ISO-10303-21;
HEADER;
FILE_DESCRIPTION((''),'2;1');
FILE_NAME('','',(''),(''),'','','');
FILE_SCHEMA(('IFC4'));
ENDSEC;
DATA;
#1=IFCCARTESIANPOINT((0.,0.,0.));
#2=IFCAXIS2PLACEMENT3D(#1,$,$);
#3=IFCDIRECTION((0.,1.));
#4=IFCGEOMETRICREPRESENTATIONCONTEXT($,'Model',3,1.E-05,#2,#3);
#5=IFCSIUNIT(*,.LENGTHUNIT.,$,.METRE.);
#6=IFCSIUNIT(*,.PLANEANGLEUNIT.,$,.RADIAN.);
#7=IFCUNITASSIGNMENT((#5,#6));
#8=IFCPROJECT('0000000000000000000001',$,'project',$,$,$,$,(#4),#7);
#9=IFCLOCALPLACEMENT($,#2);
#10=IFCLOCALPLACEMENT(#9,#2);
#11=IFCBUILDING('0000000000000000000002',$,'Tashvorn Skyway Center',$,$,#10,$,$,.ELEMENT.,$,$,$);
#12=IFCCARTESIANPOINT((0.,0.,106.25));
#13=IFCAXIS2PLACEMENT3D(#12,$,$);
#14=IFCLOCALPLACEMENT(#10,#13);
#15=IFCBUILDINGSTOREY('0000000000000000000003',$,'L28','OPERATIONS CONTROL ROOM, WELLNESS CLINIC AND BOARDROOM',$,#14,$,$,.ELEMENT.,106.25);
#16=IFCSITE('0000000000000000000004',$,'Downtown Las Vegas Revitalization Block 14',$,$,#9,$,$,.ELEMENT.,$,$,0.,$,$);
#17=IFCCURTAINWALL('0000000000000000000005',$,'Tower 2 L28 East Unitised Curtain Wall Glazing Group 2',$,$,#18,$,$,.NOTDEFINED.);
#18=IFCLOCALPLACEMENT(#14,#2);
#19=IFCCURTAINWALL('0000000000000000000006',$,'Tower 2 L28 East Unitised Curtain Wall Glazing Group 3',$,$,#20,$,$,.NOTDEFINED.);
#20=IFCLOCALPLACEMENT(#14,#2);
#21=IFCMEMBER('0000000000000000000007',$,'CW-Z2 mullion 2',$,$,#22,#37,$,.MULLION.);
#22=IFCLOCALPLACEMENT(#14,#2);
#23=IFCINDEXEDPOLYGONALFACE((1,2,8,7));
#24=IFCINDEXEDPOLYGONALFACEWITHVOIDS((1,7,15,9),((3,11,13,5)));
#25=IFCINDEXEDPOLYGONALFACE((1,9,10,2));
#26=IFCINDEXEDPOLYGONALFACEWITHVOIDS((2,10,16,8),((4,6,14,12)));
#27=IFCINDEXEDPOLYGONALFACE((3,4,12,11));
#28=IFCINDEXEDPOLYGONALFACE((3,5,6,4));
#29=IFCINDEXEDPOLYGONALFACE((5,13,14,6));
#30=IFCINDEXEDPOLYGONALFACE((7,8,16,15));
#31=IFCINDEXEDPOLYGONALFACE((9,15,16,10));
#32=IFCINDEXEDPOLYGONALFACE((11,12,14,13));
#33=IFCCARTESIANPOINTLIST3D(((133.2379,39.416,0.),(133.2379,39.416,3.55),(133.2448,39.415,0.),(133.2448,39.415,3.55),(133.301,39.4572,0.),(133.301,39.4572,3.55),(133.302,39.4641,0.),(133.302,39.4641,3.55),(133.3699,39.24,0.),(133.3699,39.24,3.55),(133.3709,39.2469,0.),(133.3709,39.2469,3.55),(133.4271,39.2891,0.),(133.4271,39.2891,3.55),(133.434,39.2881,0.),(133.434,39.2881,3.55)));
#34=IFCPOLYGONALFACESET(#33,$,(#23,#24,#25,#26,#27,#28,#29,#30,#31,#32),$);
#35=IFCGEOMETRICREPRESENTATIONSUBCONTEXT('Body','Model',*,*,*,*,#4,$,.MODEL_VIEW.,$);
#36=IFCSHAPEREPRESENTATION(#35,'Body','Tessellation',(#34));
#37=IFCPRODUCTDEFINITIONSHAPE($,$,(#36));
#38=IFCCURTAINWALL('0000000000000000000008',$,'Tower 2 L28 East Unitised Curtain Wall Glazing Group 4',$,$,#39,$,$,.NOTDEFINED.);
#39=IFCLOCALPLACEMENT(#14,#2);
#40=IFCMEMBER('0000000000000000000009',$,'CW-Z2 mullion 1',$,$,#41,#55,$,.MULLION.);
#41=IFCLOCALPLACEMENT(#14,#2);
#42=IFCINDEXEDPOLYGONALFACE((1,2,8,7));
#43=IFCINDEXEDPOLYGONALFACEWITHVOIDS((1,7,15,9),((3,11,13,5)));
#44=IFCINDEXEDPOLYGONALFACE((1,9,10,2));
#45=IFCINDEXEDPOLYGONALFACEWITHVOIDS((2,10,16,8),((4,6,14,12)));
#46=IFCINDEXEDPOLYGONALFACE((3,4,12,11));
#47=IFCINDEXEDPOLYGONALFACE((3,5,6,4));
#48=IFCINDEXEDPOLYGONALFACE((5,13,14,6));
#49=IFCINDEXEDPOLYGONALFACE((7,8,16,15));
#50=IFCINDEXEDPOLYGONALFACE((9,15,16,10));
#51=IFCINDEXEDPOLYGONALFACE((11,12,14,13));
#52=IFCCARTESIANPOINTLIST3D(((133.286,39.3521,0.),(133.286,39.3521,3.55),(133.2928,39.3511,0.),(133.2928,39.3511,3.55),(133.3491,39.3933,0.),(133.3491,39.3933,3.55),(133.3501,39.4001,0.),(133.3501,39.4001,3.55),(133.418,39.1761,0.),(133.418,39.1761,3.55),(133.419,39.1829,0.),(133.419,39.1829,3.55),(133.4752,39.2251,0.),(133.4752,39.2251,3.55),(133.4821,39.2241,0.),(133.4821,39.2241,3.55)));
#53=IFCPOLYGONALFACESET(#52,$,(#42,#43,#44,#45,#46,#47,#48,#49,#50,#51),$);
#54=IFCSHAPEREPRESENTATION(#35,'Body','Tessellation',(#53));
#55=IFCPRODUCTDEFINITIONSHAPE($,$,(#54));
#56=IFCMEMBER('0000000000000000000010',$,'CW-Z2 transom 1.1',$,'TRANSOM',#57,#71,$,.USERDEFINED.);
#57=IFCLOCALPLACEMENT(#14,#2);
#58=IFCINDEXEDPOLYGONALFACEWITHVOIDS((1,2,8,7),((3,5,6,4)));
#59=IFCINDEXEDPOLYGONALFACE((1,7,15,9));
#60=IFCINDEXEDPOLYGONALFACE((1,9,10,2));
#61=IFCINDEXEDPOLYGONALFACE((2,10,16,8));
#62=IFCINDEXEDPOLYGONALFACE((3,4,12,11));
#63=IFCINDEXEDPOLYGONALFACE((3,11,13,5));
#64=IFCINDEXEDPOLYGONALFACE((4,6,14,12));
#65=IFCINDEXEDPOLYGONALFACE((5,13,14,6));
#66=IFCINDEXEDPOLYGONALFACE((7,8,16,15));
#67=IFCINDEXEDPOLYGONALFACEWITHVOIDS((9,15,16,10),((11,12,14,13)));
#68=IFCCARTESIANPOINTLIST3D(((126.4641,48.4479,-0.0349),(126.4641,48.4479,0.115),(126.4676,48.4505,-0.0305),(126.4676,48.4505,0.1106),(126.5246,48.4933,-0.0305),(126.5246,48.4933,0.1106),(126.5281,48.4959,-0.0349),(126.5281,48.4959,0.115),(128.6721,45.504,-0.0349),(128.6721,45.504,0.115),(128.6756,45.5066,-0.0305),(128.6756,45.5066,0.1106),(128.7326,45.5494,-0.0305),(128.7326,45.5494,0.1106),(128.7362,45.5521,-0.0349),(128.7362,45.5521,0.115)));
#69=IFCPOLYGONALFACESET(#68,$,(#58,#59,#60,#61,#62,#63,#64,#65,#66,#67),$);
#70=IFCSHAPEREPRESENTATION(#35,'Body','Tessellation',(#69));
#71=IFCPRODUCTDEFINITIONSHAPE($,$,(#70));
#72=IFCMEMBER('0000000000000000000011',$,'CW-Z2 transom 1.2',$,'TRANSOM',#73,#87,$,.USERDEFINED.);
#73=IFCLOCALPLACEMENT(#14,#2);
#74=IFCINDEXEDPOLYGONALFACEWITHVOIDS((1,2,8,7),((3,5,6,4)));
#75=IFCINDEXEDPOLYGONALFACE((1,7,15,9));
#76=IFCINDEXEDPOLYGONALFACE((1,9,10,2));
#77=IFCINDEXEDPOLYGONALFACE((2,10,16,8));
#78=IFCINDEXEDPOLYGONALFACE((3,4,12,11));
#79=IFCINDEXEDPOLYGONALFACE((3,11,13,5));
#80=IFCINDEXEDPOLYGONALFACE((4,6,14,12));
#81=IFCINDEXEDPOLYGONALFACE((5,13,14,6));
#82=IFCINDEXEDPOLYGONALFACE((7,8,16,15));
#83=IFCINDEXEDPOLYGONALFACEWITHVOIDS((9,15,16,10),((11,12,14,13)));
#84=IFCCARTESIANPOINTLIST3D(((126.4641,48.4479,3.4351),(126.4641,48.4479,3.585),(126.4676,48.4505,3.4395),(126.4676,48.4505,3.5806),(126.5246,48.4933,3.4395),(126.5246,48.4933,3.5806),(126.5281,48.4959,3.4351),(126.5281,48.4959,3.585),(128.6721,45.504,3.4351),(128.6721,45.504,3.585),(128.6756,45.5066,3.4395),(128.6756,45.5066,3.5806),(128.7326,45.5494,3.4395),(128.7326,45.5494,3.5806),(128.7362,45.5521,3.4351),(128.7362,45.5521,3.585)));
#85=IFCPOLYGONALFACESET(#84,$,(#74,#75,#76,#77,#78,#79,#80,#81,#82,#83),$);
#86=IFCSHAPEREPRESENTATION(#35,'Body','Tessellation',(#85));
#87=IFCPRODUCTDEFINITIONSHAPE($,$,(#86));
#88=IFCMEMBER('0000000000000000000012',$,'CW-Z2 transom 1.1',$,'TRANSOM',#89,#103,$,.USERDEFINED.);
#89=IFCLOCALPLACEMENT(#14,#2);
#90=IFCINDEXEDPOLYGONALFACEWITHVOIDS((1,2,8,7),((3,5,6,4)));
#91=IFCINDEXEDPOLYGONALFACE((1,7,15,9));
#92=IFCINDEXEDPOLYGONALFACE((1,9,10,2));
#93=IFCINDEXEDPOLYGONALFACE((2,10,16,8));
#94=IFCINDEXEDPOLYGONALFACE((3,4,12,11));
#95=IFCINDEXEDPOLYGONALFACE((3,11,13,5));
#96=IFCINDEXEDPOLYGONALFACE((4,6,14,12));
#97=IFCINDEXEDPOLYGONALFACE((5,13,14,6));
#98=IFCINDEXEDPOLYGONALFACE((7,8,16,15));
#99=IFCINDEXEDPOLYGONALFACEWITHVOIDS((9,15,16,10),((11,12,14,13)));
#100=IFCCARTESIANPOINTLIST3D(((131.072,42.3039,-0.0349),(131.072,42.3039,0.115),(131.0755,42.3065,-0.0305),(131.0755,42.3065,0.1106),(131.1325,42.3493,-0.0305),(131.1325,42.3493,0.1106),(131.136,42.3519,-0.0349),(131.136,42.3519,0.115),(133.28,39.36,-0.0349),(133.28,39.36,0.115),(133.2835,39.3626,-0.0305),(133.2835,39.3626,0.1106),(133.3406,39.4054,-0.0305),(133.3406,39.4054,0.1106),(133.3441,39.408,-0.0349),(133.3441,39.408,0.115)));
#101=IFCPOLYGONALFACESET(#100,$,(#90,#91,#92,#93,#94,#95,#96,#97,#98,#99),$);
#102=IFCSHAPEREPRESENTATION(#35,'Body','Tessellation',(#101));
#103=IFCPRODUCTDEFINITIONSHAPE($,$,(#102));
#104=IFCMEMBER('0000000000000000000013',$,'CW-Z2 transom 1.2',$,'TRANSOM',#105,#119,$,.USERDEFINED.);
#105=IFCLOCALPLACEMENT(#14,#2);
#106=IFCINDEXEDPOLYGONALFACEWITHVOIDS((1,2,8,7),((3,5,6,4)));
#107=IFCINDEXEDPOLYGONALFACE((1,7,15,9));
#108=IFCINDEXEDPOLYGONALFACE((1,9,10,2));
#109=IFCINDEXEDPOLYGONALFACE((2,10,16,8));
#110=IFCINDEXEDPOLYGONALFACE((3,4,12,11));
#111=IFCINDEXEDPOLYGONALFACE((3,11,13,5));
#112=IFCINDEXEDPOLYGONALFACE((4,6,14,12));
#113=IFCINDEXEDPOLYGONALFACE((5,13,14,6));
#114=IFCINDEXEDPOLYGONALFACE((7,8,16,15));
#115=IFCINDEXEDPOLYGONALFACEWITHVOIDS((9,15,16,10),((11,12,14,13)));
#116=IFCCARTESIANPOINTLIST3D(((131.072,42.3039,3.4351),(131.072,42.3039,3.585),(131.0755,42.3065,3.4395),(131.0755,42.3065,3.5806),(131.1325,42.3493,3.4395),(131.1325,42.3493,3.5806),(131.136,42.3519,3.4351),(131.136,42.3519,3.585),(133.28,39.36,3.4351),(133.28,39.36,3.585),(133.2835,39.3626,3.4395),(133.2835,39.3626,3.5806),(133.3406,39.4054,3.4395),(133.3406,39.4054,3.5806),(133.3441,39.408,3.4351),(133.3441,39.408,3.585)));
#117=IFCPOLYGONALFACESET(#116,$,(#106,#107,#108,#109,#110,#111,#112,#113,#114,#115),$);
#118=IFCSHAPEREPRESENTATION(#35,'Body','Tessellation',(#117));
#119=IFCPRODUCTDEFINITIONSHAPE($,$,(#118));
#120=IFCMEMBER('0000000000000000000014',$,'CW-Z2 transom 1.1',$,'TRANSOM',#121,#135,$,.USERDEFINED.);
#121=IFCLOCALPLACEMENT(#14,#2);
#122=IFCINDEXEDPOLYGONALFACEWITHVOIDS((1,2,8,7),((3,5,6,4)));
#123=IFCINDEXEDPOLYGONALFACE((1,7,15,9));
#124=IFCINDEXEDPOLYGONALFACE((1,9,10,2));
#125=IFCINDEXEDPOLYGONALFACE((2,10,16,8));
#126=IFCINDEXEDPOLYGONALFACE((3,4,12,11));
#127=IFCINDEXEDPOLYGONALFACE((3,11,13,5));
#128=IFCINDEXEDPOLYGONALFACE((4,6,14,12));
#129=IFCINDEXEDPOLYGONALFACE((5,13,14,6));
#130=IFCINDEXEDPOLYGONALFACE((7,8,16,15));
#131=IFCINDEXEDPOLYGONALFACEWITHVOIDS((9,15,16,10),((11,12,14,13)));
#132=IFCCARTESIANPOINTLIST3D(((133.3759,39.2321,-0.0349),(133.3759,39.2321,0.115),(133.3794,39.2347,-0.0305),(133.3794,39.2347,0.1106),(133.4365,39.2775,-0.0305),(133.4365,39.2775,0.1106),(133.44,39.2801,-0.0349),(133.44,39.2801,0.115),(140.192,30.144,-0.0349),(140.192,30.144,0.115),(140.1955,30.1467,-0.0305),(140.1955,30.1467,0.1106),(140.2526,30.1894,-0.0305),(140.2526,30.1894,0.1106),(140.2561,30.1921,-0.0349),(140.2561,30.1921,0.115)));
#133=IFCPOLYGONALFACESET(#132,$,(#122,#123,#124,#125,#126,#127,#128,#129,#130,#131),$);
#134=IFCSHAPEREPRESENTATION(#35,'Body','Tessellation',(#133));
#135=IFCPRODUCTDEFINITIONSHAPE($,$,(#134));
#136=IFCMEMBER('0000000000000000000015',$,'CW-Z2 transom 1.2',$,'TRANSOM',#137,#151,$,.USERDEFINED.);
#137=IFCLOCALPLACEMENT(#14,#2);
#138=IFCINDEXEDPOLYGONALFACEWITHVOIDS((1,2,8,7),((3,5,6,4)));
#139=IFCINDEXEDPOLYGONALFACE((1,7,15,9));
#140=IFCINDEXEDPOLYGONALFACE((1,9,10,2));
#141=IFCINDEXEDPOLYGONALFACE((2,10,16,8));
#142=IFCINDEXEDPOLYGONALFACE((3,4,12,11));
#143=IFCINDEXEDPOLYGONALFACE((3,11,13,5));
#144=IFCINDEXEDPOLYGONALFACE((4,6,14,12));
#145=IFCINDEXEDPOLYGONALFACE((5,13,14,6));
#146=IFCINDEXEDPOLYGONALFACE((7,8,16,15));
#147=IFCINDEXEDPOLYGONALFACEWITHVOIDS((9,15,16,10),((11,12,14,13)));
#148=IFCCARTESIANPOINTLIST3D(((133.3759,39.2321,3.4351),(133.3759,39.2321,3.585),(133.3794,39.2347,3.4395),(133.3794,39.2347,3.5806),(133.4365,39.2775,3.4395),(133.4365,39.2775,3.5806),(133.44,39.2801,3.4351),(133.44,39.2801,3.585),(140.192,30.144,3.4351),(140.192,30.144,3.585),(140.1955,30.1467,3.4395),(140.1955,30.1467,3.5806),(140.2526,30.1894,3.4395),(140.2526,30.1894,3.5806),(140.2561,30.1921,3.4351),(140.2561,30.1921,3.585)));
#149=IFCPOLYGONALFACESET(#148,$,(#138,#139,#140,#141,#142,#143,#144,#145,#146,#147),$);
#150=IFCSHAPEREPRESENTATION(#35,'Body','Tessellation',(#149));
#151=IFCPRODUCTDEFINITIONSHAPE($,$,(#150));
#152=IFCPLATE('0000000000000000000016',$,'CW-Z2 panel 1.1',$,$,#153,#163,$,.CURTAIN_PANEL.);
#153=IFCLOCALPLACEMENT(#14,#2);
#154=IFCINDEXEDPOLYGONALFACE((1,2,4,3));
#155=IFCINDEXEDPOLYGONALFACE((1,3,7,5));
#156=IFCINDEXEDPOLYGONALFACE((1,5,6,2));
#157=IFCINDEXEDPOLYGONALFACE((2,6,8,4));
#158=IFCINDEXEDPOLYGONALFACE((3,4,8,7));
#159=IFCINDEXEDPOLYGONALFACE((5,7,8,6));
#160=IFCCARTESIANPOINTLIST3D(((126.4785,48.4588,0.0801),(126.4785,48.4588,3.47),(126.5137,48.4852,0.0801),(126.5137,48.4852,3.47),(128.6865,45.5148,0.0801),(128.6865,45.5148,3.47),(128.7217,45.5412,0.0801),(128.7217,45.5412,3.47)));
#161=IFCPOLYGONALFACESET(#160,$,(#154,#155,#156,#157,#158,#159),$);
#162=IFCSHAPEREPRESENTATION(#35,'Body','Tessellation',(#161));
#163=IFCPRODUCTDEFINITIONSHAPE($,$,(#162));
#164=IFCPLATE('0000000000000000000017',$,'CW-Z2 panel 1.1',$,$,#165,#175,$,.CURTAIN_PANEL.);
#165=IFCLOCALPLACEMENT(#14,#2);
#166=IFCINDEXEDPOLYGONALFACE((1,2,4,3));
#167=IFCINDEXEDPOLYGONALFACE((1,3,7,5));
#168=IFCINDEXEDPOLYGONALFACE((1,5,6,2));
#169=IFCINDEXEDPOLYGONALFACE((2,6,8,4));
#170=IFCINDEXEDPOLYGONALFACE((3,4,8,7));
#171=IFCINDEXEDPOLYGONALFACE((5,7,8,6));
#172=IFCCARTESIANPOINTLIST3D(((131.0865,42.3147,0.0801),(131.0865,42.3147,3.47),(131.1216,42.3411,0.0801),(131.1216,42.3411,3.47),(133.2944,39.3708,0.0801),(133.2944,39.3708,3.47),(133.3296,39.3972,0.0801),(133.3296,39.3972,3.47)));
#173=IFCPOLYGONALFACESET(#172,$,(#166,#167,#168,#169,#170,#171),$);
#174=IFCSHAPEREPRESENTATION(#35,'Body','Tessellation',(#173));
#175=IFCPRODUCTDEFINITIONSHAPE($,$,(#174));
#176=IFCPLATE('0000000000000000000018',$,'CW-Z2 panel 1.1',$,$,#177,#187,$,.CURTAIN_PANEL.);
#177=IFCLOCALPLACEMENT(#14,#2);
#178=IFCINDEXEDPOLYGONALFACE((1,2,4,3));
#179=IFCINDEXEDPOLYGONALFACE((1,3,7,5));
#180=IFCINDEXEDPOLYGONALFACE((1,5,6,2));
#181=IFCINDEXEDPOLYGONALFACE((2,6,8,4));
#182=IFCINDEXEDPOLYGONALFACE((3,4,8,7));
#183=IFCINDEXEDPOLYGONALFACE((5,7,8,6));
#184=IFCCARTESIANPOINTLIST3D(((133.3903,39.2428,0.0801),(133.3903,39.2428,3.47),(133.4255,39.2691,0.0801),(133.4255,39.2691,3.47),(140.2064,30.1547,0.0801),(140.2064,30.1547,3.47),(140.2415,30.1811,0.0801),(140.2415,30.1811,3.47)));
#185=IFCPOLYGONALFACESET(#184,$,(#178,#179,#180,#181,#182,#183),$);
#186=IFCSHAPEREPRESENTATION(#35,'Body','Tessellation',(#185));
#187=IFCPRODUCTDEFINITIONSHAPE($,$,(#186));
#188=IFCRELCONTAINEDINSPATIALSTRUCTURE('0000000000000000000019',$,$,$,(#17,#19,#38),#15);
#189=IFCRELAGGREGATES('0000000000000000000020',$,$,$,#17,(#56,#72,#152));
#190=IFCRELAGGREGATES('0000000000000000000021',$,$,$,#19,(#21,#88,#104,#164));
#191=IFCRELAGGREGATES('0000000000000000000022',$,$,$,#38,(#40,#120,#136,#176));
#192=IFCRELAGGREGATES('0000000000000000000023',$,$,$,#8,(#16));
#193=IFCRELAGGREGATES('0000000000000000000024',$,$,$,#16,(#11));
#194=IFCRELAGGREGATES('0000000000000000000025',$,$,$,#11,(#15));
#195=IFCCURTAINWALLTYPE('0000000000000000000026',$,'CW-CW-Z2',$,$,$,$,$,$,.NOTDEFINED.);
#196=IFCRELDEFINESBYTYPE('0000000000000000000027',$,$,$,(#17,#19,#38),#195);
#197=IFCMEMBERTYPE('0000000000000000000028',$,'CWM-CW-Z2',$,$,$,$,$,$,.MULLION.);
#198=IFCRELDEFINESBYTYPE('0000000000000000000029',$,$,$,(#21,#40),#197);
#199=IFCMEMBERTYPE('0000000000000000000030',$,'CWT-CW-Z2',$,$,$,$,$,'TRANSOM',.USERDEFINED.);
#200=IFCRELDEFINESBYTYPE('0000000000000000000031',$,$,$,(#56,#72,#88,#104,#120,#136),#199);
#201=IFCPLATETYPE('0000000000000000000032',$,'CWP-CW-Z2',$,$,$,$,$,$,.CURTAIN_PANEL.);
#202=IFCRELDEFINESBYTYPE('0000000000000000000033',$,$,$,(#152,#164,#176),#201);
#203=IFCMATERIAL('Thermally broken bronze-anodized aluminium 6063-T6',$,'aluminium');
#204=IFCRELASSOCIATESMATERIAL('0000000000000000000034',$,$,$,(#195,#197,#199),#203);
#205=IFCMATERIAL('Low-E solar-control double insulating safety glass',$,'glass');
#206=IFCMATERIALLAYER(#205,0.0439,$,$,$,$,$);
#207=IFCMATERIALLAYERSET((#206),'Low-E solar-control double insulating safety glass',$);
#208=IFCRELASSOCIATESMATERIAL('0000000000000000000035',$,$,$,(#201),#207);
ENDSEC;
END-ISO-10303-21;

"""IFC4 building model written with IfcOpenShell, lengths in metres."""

from ifc_helpers import new_model, si_unit, direction, frame, origin, origin_2d, place, context, subcontext, project, spatial, rectangle, hollow_rectangle, extrude, material, layer, layer_set, material_profile, profile_set, type_object, element, aggregate, save


model = new_model("IFC4")

# Units and contexts
model_context = context("Model", 3, precision=1e-05, world=origin(), true_north=direction((0.0, 1.0)))
body_context = subcontext(model_context, "Body", "Model", "MODEL_VIEW")
ifc_project = project(units=[si_unit("LENGTHUNIT", "METRE"), si_unit("PLANEANGLEUNIT", "RADIAN")], contexts=[model_context])

# Site, building, storey
site_placement = place(None, origin())
site = spatial("IfcSite", under=ifc_project, at=site_placement, Name="Downtown Las Vegas Revitalization Block 14", CompositionType="ELEMENT", RefElevation=0.0)
building_placement = place(site_placement, origin())
building = spatial("IfcBuilding", under=site, at=building_placement, Name="Tashvorn Skyway Center", CompositionType="ELEMENT")
storey_placement = place(building_placement, frame((0.0, 0.0, 106.25)))
storey = spatial("IfcBuildingStorey", under=building, at=storey_placement, Name="L28", Description="OPERATIONS CONTROL ROOM, WELLNESS CLINIC AND BOARDROOM", CompositionType="ELEMENT", Elevation=106.25)

# Shared definitions
ifc_material_1 = material(Name="Thermally broken bronze-anodized aluminium 6063-T6", Category="aluminium")
curtain_wall_type = type_object("IfcCurtainWallType", Name="CW-CW-Z2", PredefinedType="NOTDEFINED", material=ifc_material_1)
ifc_material_profile_1 = material_profile(ifc_material_1, hollow_rectangle(XDim=0.0801, YDim=0.22, WallThickness=0.0049, at=origin_2d()), Name="ALU-MULL-80x220")
ifc_profile_set_1 = profile_set([ifc_material_profile_1], Name="Thermally broken bronze-anodized aluminium 6063-T6")
member_type_1 = type_object("IfcMemberType", Name="CWM-CW-Z2", PredefinedType="MULLION", material=ifc_profile_set_1)

# Curtain walls, member
curtain_wall_1_placement = place(storey_placement, origin())
curtain_wall_1 = element("IfcCurtainWall", 1, at=curtain_wall_1_placement, inside=storey, type_object=curtain_wall_type, Name="Tower 2 L28 East Unitised Curtain Wall Glazing Group 2", PredefinedType="NOTDEFINED")
curtain_wall_2_placement = place(storey_placement, origin())
curtain_wall_2 = element("IfcCurtainWall", 2, at=curtain_wall_2_placement, inside=storey, type_object=curtain_wall_type, Name="Tower 2 L28 East Unitised Curtain Wall Glazing Group 3", PredefinedType="NOTDEFINED")
member_1_placement = place(storey_placement, frame((133.3359, 39.3521, 0.0), z_axis=(0.0, 0.0, 1.0), x_axis=(0.8, 0.6, 0.0)))
member_1 = element("IfcMember", 3, at=member_1_placement, type_object=member_type_1, Name="CW-Z2 mullion 2", PredefinedType="MULLION", context=body_context, shape_type="SweptSolid", body=[
    extrude(hollow_rectangle(XDim=0.0801, YDim=0.22, WallThickness=0.0049, at=origin_2d()), origin(), (0.0, 0.0, 1.0), 3.55),
])

# Curtain wall, member
curtain_wall_3_placement = place(storey_placement, origin())
curtain_wall_3 = element("IfcCurtainWall", 4, at=curtain_wall_3_placement, inside=storey, type_object=curtain_wall_type, Name="Tower 2 L28 East Unitised Curtain Wall Glazing Group 4", PredefinedType="NOTDEFINED")
member_2_placement = place(storey_placement, frame((133.384, 39.2881, 0.0), z_axis=(0.0, 0.0, 1.0), x_axis=(0.8, 0.6, 0.0)))
member_2 = element("IfcMember", 5, at=member_2_placement, type_object=member_type_1, Name="CW-Z2 mullion 1", PredefinedType="MULLION", context=body_context, shape_type="SweptSolid", body=[
    extrude(hollow_rectangle(XDim=0.0801, YDim=0.22, WallThickness=0.0049, at=origin_2d()), origin(), (0.0, 0.0, 1.0), 3.55),
])

# Members
ifc_material_profile_2 = material_profile(ifc_material_1, hollow_rectangle(XDim=0.0801, YDim=0.1499, WallThickness=0.0044, at=origin_2d()), Name="ALU-TRAN-80x150")
ifc_profile_set_2 = profile_set([ifc_material_profile_2], Name="Thermally broken bronze-anodized aluminium 6063-T6")
member_type_2 = type_object("IfcMemberType", Name="CWT-CW-Z2", ElementType="TRANSOM", PredefinedType="USERDEFINED", material=ifc_profile_set_2)
member_3_placement = place(storey_placement, frame((126.4961, 48.4719, 0.04), z_axis=(0.600021, -0.799984, 0.0), x_axis=(0.799984, 0.600021, 0.0)))
member_3 = element("IfcMember", 6, at=member_3_placement, type_object=member_type_2, Name="CW-Z2 transom 1.1", ObjectType="TRANSOM", PredefinedType="USERDEFINED", context=body_context, shape_type="SweptSolid", body=[
    extrude(hollow_rectangle(XDim=0.0801, YDim=0.1499, WallThickness=0.0044, at=origin_2d()), origin(), (0.0, 0.0, 1.0), 3.6799),
])
member_4_placement = place(storey_placement, frame((126.4961, 48.4719, 3.51), z_axis=(0.600021, -0.799984, 0.0), x_axis=(0.799984, 0.600021, 0.0)))
member_4 = element("IfcMember", 7, at=member_4_placement, type_object=member_type_2, Name="CW-Z2 transom 1.2", ObjectType="TRANSOM", PredefinedType="USERDEFINED", context=body_context, shape_type="SweptSolid", body=[
    extrude(hollow_rectangle(XDim=0.0801, YDim=0.1499, WallThickness=0.0044, at=origin_2d()), origin(), (0.0, 0.0, 1.0), 3.6799),
])
member_5_placement = place(storey_placement, frame((131.104, 42.3279, 0.04), z_axis=(0.600021, -0.799984, 0.0), x_axis=(0.799984, 0.600021, 0.0)))
member_5 = element("IfcMember", 8, at=member_5_placement, type_object=member_type_2, Name="CW-Z2 transom 1.1", ObjectType="TRANSOM", PredefinedType="USERDEFINED", context=body_context, shape_type="SweptSolid", body=[
    extrude(hollow_rectangle(XDim=0.0801, YDim=0.1499, WallThickness=0.0044, at=origin_2d()), origin(), (0.0, 0.0, 1.0), 3.6799),
])
member_6_placement = place(storey_placement, frame((131.104, 42.3279, 3.51), z_axis=(0.600021, -0.799984, 0.0), x_axis=(0.799984, 0.600021, 0.0)))
member_6 = element("IfcMember", 9, at=member_6_placement, type_object=member_type_2, Name="CW-Z2 transom 1.2", ObjectType="TRANSOM", PredefinedType="USERDEFINED", context=body_context, shape_type="SweptSolid", body=[
    extrude(hollow_rectangle(XDim=0.0801, YDim=0.1499, WallThickness=0.0044, at=origin_2d()), origin(), (0.0, 0.0, 1.0), 3.6799),
])
member_7_placement = place(storey_placement, frame((133.408, 39.2561, 0.04), z_axis=(0.600003, -0.799997, 0.0), x_axis=(0.799997, 0.600003, 0.0)))
member_7 = element("IfcMember", 10, at=member_7_placement, type_object=member_type_2, Name="CW-Z2 transom 1.1", ObjectType="TRANSOM", PredefinedType="USERDEFINED", context=body_context, shape_type="SweptSolid", body=[
    extrude(hollow_rectangle(XDim=0.0801, YDim=0.1499, WallThickness=0.0044, at=origin_2d()), origin(), (0.0, 0.0, 1.0), 11.3601),
])
member_8_placement = place(storey_placement, frame((133.408, 39.2561, 3.51), z_axis=(0.600003, -0.799997, 0.0), x_axis=(0.799997, 0.600003, 0.0)))
member_8 = element("IfcMember", 11, at=member_8_placement, type_object=member_type_2, Name="CW-Z2 transom 1.2", ObjectType="TRANSOM", PredefinedType="USERDEFINED", context=body_context, shape_type="SweptSolid", body=[
    extrude(hollow_rectangle(XDim=0.0801, YDim=0.1499, WallThickness=0.0044, at=origin_2d()), origin(), (0.0, 0.0, 1.0), 11.3601),
])

# Plates
ifc_material_2 = material(Name="Low-E solar-control double insulating safety glass", Category="glass")
ifc_layer_1 = layer(ifc_material_2, 0.0439)
ifc_layer_set_1 = layer_set([ifc_layer_1], Name="Low-E solar-control double insulating safety glass")
plate_type_1 = type_object("IfcPlateType", Name="CWP-CW-Z2", PredefinedType="CURTAIN_PANEL", material=ifc_layer_set_1)
plate_1_placement = place(storey_placement, frame((127.6001, 47.0, 0.0801), z_axis=(0.0, 0.0, 1.0), x_axis=(0.6, -0.8, 0.0)))
plate_1 = element("IfcPlate", 12, at=plate_1_placement, type_object=plate_type_1, Name="CW-Z2 panel 1.1", PredefinedType="CURTAIN_PANEL", context=body_context, shape_type="SweptSolid", body=[
    extrude(rectangle(XDim=3.6799, YDim=0.0439, at=origin_2d()), origin(), (0.0, 0.0, 1.0), 3.3899),
])
aggregate(curtain_wall_1, [member_3, member_4, plate_1])
plate_2_placement = place(storey_placement, frame((132.208, 40.856, 0.0801), z_axis=(0.0, 0.0, 1.0), x_axis=(0.6, -0.8, 0.0)))
plate_2 = element("IfcPlate", 13, at=plate_2_placement, type_object=plate_type_1, Name="CW-Z2 panel 1.1", PredefinedType="CURTAIN_PANEL", context=body_context, shape_type="SweptSolid", body=[
    extrude(rectangle(XDim=3.6799, YDim=0.0439, at=origin_2d()), origin(), (0.0, 0.0, 1.0), 3.3899),
])
aggregate(curtain_wall_2, [member_1, member_5, member_6, plate_2])
plate_3_placement = place(storey_placement, frame((136.8159, 34.7119, 0.0801), z_axis=(0.0, 0.0, 1.0), x_axis=(0.6, -0.8, 0.0)))
plate_3 = element("IfcPlate", 14, at=plate_3_placement, type_object=plate_type_1, Name="CW-Z2 panel 1.1", PredefinedType="CURTAIN_PANEL", context=body_context, shape_type="SweptSolid", body=[
    extrude(rectangle(XDim=11.3601, YDim=0.0439, at=origin_2d()), origin(), (0.0, 0.0, 1.0), 3.3899),
])
aggregate(curtain_wall_3, [member_2, member_7, member_8, plate_3])

save(model, "model.ifc")
